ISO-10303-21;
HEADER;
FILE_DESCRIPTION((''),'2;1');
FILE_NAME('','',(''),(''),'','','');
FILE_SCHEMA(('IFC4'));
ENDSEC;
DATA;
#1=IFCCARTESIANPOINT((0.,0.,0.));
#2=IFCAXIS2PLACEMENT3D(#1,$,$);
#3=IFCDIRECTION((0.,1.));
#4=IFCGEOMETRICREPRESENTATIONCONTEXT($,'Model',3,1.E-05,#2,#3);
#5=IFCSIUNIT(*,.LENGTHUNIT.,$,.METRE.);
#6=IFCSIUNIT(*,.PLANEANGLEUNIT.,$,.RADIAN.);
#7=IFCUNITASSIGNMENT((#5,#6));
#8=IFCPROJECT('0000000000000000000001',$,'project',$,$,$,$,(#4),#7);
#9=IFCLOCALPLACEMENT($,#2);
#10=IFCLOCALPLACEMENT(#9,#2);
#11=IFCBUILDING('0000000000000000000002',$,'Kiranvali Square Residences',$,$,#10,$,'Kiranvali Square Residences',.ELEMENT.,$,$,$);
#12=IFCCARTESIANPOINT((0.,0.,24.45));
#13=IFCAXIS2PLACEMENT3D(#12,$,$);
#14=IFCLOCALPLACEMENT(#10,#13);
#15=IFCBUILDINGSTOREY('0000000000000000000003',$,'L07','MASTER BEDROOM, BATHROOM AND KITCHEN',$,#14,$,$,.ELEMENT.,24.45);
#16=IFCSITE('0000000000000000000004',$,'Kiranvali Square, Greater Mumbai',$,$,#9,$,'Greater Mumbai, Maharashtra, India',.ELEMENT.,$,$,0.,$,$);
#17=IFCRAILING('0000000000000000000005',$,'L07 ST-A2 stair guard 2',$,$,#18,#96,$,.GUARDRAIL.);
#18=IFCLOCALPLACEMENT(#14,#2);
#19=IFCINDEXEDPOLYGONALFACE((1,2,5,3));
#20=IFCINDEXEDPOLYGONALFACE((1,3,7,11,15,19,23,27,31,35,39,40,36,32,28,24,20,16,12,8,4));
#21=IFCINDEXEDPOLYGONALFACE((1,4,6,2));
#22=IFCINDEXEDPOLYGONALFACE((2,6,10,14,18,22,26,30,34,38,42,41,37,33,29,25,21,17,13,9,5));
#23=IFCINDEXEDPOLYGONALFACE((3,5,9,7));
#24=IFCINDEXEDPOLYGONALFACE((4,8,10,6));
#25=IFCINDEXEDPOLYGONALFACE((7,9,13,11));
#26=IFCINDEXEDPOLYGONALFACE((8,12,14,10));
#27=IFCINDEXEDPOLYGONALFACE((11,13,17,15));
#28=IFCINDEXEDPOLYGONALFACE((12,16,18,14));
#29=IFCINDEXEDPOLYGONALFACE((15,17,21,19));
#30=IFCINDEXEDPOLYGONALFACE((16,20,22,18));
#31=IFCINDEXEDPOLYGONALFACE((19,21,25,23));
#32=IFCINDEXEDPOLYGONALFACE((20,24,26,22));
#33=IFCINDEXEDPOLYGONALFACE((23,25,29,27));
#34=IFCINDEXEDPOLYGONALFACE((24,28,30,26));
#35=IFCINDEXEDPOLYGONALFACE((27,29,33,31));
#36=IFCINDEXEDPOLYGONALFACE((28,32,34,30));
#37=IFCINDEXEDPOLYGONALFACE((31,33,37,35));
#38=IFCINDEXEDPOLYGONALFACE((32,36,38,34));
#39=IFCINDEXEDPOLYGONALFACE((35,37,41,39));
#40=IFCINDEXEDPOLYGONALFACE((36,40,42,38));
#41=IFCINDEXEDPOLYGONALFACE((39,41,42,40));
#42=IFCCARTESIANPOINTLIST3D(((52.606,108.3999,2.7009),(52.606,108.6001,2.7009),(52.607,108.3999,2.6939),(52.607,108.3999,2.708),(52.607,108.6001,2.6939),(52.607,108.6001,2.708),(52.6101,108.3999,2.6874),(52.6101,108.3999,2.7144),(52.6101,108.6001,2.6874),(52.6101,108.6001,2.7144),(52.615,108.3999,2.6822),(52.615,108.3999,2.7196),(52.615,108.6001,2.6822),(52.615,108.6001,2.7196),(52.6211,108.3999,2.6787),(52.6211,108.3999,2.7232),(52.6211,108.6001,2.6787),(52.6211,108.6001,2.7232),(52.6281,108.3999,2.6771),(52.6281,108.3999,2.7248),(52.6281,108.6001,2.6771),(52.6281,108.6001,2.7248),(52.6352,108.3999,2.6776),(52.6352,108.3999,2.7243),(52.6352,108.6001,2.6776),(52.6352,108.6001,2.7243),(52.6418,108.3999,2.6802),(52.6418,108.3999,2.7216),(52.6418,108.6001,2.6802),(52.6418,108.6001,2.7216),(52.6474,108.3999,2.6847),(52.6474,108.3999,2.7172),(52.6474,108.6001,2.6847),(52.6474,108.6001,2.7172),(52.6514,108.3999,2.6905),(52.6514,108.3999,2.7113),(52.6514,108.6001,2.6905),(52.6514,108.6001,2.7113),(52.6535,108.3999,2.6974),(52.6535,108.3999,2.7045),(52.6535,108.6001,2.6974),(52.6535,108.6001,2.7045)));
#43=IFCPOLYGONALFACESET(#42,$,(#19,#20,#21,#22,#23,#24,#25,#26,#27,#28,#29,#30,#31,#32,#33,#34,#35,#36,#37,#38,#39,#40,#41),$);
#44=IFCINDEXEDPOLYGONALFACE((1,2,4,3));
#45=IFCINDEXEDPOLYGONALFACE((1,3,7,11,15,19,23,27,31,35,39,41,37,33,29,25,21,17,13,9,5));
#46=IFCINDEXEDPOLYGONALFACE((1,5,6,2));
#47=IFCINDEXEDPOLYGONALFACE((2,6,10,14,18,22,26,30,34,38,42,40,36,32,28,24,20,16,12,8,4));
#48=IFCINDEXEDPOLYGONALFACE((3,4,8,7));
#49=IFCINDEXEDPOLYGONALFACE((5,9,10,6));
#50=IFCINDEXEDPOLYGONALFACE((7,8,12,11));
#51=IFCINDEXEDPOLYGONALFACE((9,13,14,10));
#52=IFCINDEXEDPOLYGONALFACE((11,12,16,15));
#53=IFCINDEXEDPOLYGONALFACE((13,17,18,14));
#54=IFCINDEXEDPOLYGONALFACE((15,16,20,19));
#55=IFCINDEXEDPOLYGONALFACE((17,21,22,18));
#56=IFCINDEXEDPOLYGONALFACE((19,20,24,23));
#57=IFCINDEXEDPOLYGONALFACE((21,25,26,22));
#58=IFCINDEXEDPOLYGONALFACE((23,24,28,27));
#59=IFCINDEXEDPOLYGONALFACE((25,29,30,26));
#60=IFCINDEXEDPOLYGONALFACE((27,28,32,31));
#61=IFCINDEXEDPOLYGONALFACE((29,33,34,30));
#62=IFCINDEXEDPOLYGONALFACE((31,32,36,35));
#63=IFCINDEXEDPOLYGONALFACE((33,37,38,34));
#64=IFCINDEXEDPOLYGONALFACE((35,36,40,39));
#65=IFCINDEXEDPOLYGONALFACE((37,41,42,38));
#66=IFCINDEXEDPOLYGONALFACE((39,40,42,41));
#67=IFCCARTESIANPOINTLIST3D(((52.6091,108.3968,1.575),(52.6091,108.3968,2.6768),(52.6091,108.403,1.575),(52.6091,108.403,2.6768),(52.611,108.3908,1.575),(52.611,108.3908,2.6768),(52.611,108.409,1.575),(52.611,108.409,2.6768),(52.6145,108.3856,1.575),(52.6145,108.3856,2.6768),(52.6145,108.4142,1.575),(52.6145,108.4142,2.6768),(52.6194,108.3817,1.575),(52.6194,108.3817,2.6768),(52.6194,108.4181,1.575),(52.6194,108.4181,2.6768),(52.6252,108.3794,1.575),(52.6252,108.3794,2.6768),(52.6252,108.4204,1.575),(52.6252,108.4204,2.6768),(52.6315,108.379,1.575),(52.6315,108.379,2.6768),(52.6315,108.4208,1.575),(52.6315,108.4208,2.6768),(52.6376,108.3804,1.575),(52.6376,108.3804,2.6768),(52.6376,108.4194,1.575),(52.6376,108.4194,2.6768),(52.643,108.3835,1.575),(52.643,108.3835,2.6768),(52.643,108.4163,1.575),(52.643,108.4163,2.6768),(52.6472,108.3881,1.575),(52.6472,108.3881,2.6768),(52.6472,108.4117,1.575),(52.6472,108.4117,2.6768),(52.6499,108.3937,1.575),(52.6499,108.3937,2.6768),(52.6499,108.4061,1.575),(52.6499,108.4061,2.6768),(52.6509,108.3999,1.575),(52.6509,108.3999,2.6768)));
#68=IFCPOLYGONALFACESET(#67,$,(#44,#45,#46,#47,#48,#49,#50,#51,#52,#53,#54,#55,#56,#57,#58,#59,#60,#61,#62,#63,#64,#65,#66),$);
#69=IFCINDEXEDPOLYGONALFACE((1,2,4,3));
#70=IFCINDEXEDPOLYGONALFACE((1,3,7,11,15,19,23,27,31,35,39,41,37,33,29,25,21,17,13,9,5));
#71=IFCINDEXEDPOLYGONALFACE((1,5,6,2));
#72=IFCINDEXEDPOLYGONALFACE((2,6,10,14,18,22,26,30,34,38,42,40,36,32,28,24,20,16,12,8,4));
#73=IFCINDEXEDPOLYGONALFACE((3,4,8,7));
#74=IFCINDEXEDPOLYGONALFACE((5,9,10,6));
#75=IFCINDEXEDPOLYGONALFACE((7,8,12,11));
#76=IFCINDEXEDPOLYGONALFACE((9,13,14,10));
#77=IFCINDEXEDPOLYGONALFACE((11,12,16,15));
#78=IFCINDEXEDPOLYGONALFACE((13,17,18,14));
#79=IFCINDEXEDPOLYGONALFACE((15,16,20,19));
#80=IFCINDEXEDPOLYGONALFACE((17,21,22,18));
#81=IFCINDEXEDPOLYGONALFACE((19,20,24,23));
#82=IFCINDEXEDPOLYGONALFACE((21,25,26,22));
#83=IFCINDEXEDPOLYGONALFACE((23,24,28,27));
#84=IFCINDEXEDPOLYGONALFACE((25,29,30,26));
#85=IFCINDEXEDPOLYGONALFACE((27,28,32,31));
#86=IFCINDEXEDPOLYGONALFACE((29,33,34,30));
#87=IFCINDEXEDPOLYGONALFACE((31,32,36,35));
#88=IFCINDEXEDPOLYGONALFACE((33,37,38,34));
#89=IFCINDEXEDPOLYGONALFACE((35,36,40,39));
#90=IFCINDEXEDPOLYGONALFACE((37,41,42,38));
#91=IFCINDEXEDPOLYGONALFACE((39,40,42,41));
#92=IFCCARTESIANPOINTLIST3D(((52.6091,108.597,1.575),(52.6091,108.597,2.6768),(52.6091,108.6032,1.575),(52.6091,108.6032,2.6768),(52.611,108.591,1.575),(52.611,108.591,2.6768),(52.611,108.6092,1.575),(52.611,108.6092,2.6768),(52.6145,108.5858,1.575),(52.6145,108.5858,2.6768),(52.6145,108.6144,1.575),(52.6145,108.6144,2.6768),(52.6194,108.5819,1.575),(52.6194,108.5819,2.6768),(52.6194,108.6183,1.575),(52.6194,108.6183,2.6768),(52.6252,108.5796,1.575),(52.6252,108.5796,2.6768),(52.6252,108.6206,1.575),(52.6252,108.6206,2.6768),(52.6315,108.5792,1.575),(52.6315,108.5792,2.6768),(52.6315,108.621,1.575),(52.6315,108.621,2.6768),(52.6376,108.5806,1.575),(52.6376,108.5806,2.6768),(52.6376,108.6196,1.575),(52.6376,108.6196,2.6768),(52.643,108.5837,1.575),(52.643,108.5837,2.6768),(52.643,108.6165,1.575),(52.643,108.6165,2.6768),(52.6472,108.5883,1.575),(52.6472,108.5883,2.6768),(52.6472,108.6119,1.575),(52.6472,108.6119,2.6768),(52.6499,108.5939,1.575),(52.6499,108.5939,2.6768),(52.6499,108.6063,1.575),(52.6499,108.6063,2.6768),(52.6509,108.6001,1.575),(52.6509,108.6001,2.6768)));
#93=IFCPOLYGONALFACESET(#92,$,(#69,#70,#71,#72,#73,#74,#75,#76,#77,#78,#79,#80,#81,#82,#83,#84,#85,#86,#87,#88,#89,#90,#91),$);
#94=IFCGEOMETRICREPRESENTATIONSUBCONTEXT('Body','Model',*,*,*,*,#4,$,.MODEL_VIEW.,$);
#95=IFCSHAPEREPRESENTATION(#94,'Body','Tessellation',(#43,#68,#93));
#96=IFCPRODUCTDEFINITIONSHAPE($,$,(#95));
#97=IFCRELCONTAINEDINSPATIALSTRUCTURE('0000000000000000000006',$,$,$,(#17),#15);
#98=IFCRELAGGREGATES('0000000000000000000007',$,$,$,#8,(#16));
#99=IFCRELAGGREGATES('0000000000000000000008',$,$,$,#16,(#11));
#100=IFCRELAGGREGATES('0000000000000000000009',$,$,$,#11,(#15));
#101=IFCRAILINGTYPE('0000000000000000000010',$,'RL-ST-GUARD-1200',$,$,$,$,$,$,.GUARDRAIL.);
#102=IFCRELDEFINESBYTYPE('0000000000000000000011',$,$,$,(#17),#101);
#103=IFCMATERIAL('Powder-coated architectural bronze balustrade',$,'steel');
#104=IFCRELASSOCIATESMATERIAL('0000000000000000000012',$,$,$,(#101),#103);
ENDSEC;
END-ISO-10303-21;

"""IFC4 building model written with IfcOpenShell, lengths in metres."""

from ifc_helpers import new_model, si_unit, direction, frame, origin, origin_2d, place, context, subcontext, project, spatial, circle, extrude, material, type_object, element, save


model = new_model("IFC4")

# Units and contexts
model_context = context("Model", 3, precision=1e-05, world=origin(), true_north=direction((0.0, 1.0)))
body_context = subcontext(model_context, "Body", "Model", "MODEL_VIEW")
ifc_project = project(units=[si_unit("LENGTHUNIT", "METRE"), si_unit("PLANEANGLEUNIT", "RADIAN")], contexts=[model_context])

# Site, building, storey
site_placement = place(None, origin())
site = spatial("IfcSite", under=ifc_project, at=site_placement, Name="Kiranvali Square, Greater Mumbai", LongName="Greater Mumbai, Maharashtra, India", CompositionType="ELEMENT", RefElevation=0.0)
building_placement = place(site_placement, origin())
building = spatial("IfcBuilding", under=site, at=building_placement, Name="Kiranvali Square Residences", LongName="Kiranvali Square Residences", CompositionType="ELEMENT")
storey_placement = place(building_placement, frame((0.0, 0.0, 24.45)))
storey = spatial("IfcBuildingStorey", under=building, at=storey_placement, Name="L07", Description="MASTER BEDROOM, BATHROOM AND KITCHEN", CompositionType="ELEMENT", Elevation=24.45)

# Railing
ifc_material_1 = material(Name="Powder-coated architectural bronze balustrade", Category="steel")
railing_type_1 = type_object("IfcRailingType", Name="RL-ST-GUARD-1200", PredefinedType="GUARDRAIL", material=ifc_material_1)
railing_1_placement = place(storey_placement, frame((52.6299, 108.3999, 1.575)))
element("IfcRailing", 1, at=railing_1_placement, inside=storey, type_object=railing_type_1, Name="L07 ST-A2 stair guard 2", PredefinedType="GUARDRAIL", context=body_context, shape_type="SweptSolid", body=[
    extrude(circle(Radius=0.0239, at=origin_2d()), frame((0.0, 0.0, 1.126), z_axis=(0.0, 1.0, 0.0), x_axis=(-1.0, 0.0, 0.0)), (0.0, 0.0, 1.0), 0.2002),
    extrude(circle(Radius=0.021, at=origin_2d()), origin(), (0.0, 0.0, 1.0), 1.1018),
    extrude(circle(Radius=0.021, at=origin_2d()), frame((0.0, 0.2002, 0.0)), (0.0, 0.0, 1.0), 1.1018),
])

save(model, "model.ifc")
